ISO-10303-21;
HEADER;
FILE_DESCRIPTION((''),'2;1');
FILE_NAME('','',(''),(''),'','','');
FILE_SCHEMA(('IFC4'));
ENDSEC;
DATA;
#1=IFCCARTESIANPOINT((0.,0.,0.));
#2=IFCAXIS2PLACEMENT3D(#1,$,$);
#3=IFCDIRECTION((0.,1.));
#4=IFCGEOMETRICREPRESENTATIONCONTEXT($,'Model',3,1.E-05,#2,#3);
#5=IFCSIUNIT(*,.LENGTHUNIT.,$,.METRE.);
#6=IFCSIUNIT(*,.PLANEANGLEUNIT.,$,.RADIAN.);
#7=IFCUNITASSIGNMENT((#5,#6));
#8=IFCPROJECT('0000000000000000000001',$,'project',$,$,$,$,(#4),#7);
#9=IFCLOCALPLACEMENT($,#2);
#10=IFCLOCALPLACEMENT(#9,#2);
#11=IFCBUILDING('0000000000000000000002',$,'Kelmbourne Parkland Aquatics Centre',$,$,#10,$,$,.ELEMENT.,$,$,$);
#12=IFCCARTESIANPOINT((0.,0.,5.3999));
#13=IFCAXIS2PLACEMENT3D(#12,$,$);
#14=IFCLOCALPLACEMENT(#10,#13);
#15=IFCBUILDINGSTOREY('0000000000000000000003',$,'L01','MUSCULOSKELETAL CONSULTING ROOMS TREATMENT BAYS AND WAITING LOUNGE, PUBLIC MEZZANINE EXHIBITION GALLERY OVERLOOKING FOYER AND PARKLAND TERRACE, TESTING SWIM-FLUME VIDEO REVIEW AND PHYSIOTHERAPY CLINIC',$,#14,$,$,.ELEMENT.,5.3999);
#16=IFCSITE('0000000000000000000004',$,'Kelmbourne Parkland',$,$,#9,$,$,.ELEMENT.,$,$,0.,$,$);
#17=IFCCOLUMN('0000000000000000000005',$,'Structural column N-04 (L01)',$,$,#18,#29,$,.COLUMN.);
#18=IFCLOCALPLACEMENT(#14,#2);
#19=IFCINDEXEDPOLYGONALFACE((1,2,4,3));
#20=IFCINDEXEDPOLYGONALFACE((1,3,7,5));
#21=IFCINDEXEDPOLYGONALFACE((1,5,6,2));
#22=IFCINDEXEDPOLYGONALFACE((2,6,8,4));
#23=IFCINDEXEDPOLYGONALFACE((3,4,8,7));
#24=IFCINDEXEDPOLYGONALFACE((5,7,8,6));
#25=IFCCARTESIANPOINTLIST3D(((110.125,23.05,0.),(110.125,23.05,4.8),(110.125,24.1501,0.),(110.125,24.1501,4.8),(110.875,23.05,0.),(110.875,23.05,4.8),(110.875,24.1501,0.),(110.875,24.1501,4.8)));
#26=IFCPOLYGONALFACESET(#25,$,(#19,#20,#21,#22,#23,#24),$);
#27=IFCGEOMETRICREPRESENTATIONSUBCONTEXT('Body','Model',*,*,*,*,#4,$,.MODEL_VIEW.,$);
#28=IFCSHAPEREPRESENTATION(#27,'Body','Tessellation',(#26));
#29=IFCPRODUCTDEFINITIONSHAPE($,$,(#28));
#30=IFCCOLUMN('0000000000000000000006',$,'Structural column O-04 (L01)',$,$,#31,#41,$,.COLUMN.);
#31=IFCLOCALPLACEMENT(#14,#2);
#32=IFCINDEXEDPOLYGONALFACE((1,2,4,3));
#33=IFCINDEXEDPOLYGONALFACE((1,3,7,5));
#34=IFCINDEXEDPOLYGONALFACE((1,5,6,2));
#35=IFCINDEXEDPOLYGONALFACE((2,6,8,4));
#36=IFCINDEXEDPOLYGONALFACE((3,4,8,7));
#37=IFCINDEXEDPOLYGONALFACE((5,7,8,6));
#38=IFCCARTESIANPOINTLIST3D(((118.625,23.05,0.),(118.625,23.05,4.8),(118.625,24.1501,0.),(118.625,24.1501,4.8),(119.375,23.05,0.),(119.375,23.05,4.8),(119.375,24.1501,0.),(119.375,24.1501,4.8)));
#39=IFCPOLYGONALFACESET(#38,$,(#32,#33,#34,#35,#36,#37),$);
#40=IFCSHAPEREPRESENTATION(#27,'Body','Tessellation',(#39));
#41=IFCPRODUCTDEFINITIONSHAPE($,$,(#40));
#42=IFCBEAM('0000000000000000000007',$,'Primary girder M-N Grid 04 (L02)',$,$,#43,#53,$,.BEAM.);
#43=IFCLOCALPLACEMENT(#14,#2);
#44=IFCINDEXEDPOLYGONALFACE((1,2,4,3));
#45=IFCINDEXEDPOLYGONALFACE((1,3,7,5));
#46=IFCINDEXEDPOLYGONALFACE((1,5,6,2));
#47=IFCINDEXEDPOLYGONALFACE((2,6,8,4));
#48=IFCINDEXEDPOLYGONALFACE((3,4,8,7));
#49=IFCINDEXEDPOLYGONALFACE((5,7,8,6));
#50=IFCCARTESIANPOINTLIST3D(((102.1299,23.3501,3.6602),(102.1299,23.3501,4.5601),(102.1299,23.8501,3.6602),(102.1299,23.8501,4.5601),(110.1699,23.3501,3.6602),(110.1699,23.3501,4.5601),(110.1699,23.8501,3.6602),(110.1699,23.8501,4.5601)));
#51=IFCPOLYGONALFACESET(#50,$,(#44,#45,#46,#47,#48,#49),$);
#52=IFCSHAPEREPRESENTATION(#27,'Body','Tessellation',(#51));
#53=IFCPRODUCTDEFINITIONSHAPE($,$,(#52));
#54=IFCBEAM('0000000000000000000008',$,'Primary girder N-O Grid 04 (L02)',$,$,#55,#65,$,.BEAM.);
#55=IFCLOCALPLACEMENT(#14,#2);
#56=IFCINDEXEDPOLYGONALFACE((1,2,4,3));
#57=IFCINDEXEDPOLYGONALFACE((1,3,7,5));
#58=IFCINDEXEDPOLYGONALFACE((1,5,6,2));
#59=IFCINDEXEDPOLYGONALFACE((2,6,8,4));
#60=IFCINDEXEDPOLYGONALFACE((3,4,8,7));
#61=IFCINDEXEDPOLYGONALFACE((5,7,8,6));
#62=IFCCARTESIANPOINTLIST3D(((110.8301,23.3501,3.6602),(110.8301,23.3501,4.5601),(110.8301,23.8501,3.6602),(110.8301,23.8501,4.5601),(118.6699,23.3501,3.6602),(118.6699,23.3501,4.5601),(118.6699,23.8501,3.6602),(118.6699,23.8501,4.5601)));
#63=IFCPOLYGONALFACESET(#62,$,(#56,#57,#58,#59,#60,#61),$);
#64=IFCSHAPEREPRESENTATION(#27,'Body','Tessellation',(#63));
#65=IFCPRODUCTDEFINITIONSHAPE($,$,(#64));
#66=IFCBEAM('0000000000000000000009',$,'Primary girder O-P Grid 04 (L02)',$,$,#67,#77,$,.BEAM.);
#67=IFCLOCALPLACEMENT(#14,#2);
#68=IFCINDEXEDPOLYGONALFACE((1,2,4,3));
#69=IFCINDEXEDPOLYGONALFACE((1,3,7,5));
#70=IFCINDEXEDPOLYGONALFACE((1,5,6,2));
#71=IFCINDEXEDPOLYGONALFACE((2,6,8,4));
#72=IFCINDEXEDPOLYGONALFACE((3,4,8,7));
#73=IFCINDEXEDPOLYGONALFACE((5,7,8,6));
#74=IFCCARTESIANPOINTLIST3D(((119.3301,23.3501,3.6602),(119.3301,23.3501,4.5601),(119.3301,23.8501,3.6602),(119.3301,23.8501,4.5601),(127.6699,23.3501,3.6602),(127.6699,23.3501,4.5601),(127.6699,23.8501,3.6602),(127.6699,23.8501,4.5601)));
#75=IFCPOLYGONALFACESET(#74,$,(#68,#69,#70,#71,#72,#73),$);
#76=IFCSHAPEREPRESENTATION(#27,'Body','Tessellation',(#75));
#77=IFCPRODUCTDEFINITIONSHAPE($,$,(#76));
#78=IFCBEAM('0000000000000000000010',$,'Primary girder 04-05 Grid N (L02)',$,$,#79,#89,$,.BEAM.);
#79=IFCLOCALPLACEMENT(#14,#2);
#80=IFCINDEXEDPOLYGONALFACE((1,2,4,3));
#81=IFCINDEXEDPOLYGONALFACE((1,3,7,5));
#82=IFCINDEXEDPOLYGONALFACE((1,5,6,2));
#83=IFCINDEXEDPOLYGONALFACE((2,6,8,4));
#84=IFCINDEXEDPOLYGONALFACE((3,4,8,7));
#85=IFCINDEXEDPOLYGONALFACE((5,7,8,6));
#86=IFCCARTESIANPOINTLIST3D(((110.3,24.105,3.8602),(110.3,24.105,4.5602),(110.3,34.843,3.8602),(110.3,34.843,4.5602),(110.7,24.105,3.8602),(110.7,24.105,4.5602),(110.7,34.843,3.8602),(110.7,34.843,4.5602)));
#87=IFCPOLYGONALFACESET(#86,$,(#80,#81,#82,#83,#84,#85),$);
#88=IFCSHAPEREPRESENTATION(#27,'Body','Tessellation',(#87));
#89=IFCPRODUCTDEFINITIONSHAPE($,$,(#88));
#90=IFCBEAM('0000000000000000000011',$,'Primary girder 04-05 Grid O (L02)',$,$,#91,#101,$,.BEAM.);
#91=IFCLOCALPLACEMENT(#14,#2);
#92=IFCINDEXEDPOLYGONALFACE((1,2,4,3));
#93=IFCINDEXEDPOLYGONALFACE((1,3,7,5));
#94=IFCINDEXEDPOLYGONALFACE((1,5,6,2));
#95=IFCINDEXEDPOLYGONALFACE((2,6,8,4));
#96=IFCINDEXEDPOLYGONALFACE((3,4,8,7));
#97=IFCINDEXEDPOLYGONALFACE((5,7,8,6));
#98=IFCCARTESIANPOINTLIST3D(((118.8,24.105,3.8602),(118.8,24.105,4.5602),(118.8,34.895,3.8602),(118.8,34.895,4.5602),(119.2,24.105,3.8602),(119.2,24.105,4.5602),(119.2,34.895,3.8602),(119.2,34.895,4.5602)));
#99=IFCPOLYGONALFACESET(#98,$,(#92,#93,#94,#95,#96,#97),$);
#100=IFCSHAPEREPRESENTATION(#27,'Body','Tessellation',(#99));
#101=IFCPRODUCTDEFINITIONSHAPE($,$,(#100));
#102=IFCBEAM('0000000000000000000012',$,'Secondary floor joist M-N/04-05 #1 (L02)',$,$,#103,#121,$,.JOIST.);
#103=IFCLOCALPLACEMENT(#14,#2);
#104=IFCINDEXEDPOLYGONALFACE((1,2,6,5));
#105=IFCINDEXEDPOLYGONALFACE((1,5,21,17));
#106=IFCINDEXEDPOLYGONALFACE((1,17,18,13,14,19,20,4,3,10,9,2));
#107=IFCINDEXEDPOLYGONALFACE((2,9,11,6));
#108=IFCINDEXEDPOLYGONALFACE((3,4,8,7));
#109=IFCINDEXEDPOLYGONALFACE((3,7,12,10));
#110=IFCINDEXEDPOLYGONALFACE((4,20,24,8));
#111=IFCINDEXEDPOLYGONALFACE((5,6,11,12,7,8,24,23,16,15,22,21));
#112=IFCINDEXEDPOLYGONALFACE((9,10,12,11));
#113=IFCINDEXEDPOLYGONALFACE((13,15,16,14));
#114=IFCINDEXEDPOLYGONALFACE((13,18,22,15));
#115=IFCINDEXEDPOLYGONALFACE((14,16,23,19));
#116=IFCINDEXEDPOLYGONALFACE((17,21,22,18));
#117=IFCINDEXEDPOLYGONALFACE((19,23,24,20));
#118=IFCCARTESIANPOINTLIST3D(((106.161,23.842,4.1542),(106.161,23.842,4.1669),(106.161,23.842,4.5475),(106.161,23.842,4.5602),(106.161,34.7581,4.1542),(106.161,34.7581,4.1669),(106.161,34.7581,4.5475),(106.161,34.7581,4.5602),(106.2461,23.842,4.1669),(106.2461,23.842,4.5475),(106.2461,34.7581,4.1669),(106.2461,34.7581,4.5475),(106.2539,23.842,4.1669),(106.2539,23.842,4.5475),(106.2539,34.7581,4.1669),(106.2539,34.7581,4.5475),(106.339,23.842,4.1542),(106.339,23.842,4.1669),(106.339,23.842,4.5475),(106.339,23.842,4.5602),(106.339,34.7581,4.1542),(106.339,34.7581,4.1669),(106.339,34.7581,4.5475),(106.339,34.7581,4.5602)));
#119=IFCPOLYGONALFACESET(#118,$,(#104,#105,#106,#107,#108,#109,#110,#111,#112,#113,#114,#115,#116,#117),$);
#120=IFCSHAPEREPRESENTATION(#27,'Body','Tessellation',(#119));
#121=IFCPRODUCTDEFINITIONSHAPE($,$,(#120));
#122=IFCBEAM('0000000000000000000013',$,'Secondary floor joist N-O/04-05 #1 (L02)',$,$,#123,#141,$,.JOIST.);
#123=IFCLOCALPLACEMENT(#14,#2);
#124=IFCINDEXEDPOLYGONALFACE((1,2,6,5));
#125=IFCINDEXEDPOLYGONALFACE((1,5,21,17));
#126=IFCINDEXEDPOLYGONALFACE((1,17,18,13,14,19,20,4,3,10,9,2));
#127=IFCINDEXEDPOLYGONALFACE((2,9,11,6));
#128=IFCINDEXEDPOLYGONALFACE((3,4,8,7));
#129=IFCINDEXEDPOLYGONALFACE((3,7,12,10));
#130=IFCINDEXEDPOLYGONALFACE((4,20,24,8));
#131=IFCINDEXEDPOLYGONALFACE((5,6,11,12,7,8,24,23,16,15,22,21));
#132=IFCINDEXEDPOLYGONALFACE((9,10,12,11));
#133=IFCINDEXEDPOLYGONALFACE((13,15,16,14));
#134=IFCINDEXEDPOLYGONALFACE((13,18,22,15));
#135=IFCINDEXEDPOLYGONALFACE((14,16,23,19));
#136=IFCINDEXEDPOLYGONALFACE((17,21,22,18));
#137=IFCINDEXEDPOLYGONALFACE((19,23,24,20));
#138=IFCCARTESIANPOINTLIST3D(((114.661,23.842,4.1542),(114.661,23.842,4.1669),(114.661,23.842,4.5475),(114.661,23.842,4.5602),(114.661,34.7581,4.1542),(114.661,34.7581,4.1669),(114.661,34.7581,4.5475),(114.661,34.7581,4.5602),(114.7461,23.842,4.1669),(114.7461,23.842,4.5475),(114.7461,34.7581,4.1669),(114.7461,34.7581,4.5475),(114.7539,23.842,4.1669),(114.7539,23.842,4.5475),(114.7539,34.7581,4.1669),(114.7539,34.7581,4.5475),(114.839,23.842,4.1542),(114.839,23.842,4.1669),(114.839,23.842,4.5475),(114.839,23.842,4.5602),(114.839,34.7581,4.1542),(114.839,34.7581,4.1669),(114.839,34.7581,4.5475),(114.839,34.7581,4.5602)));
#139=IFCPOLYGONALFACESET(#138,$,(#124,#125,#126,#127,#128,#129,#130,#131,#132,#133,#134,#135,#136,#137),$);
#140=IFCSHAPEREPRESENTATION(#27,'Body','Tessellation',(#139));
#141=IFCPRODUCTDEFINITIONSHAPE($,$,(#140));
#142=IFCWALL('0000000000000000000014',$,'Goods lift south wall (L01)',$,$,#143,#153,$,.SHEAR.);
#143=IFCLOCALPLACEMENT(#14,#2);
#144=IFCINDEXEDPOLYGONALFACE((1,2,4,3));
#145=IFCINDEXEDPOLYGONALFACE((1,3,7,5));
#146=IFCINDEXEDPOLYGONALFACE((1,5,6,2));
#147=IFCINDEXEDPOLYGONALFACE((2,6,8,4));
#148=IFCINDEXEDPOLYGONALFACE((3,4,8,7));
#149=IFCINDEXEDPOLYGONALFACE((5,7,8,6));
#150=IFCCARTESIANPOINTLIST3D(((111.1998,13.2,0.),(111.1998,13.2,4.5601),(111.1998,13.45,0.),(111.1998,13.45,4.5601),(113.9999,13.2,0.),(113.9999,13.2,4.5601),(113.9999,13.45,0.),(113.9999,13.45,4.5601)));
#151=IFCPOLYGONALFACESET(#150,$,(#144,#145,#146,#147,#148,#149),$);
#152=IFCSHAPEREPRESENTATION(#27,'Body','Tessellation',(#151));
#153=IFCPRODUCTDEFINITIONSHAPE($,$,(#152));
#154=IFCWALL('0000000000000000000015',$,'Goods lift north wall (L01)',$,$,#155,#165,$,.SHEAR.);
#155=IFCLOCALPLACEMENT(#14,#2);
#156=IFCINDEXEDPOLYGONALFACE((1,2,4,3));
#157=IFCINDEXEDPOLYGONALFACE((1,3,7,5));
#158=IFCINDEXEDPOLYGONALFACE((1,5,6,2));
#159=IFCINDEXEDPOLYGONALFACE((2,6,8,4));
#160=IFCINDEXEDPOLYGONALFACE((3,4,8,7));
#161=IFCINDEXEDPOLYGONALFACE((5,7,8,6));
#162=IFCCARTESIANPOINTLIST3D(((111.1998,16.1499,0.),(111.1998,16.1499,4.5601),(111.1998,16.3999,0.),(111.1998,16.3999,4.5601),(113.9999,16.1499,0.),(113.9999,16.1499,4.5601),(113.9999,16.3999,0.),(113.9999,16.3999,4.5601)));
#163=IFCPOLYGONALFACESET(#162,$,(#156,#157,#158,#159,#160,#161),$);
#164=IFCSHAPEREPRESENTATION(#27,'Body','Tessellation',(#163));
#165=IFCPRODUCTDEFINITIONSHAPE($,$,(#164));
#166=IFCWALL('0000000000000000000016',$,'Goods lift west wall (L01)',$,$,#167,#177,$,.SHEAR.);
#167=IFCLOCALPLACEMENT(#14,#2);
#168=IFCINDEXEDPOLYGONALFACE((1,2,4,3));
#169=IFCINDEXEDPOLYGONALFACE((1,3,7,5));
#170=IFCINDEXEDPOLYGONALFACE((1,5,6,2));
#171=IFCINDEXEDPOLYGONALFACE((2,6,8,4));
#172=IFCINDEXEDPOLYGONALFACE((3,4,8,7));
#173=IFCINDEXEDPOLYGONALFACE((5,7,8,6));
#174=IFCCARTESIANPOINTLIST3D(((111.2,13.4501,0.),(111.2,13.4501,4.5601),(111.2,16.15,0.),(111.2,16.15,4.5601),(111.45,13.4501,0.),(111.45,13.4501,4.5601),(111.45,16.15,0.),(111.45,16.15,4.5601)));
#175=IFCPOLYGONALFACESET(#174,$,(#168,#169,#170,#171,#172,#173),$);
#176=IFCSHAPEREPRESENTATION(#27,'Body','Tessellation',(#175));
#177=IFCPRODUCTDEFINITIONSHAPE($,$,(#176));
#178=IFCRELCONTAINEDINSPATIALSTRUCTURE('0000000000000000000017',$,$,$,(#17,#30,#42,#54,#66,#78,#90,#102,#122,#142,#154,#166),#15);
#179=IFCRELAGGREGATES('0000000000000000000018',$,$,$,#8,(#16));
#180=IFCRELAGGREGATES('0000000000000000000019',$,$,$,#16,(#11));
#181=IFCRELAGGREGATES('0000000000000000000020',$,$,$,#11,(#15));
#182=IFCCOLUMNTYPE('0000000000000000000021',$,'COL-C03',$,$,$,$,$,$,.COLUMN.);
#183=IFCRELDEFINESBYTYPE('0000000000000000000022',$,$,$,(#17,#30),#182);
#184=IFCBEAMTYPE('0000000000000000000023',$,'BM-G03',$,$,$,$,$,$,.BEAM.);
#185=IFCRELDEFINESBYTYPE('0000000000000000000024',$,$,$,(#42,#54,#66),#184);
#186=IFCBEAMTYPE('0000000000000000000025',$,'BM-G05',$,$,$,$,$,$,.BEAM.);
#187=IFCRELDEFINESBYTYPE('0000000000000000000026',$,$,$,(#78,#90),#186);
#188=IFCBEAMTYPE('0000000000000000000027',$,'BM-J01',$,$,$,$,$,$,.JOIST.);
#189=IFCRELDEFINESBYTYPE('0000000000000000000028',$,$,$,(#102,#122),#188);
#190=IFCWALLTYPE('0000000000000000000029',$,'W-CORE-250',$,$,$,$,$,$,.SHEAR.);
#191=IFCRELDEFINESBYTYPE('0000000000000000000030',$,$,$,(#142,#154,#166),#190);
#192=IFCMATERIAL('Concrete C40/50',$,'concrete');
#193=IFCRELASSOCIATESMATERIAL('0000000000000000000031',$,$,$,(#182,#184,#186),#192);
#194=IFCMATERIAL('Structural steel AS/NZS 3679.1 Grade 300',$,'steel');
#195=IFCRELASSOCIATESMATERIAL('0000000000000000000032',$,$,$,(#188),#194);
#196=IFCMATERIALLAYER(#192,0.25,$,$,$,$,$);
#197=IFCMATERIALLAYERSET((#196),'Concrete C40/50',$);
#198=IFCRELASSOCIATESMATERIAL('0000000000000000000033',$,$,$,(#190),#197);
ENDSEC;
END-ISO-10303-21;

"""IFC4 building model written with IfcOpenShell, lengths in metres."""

from ifc_helpers import new_model, si_unit, direction, frame, frame_2d, origin, origin_2d, place, context, subcontext, project, spatial, rectangle, i_section, extrude, material, layer, layer_set, material_profile, profile_set, type_object, element, save


model = new_model("IFC4")

# Units and contexts
model_context = context("Model", 3, precision=1e-05, world=origin(), true_north=direction((0.0, 1.0)))
body_context = subcontext(model_context, "Body", "Model", "MODEL_VIEW")
ifc_project = project(units=[si_unit("LENGTHUNIT", "METRE"), si_unit("PLANEANGLEUNIT", "RADIAN")], contexts=[model_context])

# Site, building, storey
site_placement = place(None, origin())
site = spatial("IfcSite", under=ifc_project, at=site_placement, Name="Kelmbourne Parkland", CompositionType="ELEMENT", RefElevation=0.0)
building_placement = place(site_placement, origin())
building = spatial("IfcBuilding", under=site, at=building_placement, Name="Kelmbourne Parkland Aquatics Centre", CompositionType="ELEMENT")
storey_placement = place(building_placement, frame((0.0, 0.0, 5.3999)))
storey = spatial("IfcBuildingStorey", under=building, at=storey_placement, Name="L01", Description="MUSCULOSKELETAL CONSULTING ROOMS TREATMENT BAYS AND WAITING LOUNGE, PUBLIC MEZZANINE EXHIBITION GALLERY OVERLOOKING FOYER AND PARKLAND TERRACE, TESTING SWIM-FLUME VIDEO REVIEW AND PHYSIOTHERAPY CLINIC", CompositionType="ELEMENT", Elevation=5.3999)

# Columns
ifc_material_1 = material(Name="Concrete C40/50", Category="concrete")
ifc_material_profile_1 = material_profile(ifc_material_1, rectangle(XDim=0.75, YDim=1.1001, at=origin_2d()), Name="RC 750x1100")
ifc_profile_set_1 = profile_set([ifc_material_profile_1], Name="Concrete C40/50")
column_type = type_object("IfcColumnType", Name="COL-C03", PredefinedType="COLUMN", material=ifc_profile_set_1)
for number, where, z_axis, x_axis, name in (
    (1, (110.5, 23.6001, 0.0), (0.0, 0.0, 1.0), (1.0, 0.0, 0.0), "Structural column N-04 (L01)"),
    (2, (119.0, 23.6001, 0.0), (0.0, 0.0, 1.0), (1.0, 0.0, 0.0), "Structural column O-04 (L01)"),
):
    element("IfcColumn", number, at=place(storey_placement, frame(where, z_axis=z_axis, x_axis=x_axis)), inside=storey, type_object=column_type, Name=name, PredefinedType="COLUMN", context=body_context, shape_type="SweptSolid", body=[
        extrude(rectangle(XDim=0.75, YDim=1.1001, at=origin_2d()), origin(), (0.0, 0.0, 1.0), 4.8),
    ])

# Beams
ifc_material_profile_2 = material_profile(ifc_material_1, rectangle(XDim=0.5, YDim=0.8999, at=origin_2d()), Name="RC 500x900")
ifc_profile_set_2 = profile_set([ifc_material_profile_2], Name="Concrete C40/50")
beam_type_1 = type_object("IfcBeamType", Name="BM-G03", PredefinedType="BEAM", material=ifc_profile_set_2)
beam_1_placement = place(storey_placement, frame((102.1299, 23.6001, 4.1101), z_axis=(1.0, 0.0, 0.0), x_axis=(0.0, 1.0, 0.0)))
element("IfcBeam", 3, at=beam_1_placement, inside=storey, type_object=beam_type_1, Name="Primary girder M-N Grid 04 (L02)", PredefinedType="BEAM", context=body_context, shape_type="SweptSolid", body=[
    extrude(rectangle(XDim=0.5, YDim=0.8999, at=origin_2d()), origin(), (0.0, 0.0, 1.0), 8.04),
])
beam_2_placement = place(storey_placement, frame((110.8301, 23.6001, 4.1101), z_axis=(1.0, 0.0, 0.0), x_axis=(0.0, 1.0, 0.0)))
element("IfcBeam", 4, at=beam_2_placement, inside=storey, type_object=beam_type_1, Name="Primary girder N-O Grid 04 (L02)", PredefinedType="BEAM", context=body_context, shape_type="SweptSolid", body=[
    extrude(rectangle(XDim=0.5, YDim=0.8999, at=origin_2d()), origin(), (0.0, 0.0, 1.0), 7.8398),
])
beam_3_placement = place(storey_placement, frame((119.3301, 23.6001, 4.1101), z_axis=(1.0, 0.0, 0.0), x_axis=(0.0, 1.0, 0.0)))
element("IfcBeam", 5, at=beam_3_placement, inside=storey, type_object=beam_type_1, Name="Primary girder O-P Grid 04 (L02)", PredefinedType="BEAM", context=body_context, shape_type="SweptSolid", body=[
    extrude(rectangle(XDim=0.5, YDim=0.8999, at=origin_2d()), origin(), (0.0, 0.0, 1.0), 8.3398),
])
ifc_material_profile_3 = material_profile(ifc_material_1, rectangle(XDim=0.3999, YDim=0.7, at=origin_2d()), Name="RC 400x700")
ifc_profile_set_3 = profile_set([ifc_material_profile_3], Name="Concrete C40/50")
beam_type_2 = type_object("IfcBeamType", Name="BM-G05", PredefinedType="BEAM", material=ifc_profile_set_3)
beam_4_placement = place(storey_placement, frame((110.5, 24.105, 4.2102), z_axis=(0.0, 1.0, 0.0), x_axis=(-1.0, 0.0, 0.0)))
element("IfcBeam", 6, at=beam_4_placement, inside=storey, type_object=beam_type_2, Name="Primary girder 04-05 Grid N (L02)", PredefinedType="BEAM", context=body_context, shape_type="SweptSolid", body=[
    extrude(rectangle(XDim=0.3999, YDim=0.7, at=origin_2d()), origin(), (0.0, 0.0, 1.0), 10.738),
])
beam_5_placement = place(storey_placement, frame((119.0, 24.105, 4.2102), z_axis=(0.0, 1.0, 0.0), x_axis=(-1.0, 0.0, 0.0)))
element("IfcBeam", 7, at=beam_5_placement, inside=storey, type_object=beam_type_2, Name="Primary girder 04-05 Grid O (L02)", PredefinedType="BEAM", context=body_context, shape_type="SweptSolid", body=[
    extrude(rectangle(XDim=0.3999, YDim=0.7, at=origin_2d()), origin(), (0.0, 0.0, 1.0), 10.79),
])
ifc_material_2 = material(Name="Structural steel AS/NZS 3679.1 Grade 300", Category="steel")
ifc_material_profile_4 = material_profile(ifc_material_2, i_section(OverallWidth=0.178, OverallDepth=0.406, WebThickness=0.0078, FlangeThickness=0.0127, at=origin_2d()), Name="410UB59.7")
ifc_profile_set_4 = profile_set([ifc_material_profile_4], Name="Structural steel AS/NZS 3679.1 Grade 300")
beam_type_3 = type_object("IfcBeamType", Name="BM-J01", PredefinedType="JOIST", material=ifc_profile_set_4)
for number, where, z_axis, x_axis, name in (
    (8, (106.25, 23.842, 4.3572), (0.0, 1.0, 0.0), (-1.0, 0.0, 0.0), "Secondary floor joist M-N/04-05 #1 (L02)"),
    (9, (114.75, 23.842, 4.3572), (0.0, 1.0, 0.0), (-1.0, 0.0, 0.0), "Secondary floor joist N-O/04-05 #1 (L02)"),
):
    element("IfcBeam", number, at=place(storey_placement, frame(where, z_axis=z_axis, x_axis=x_axis)), inside=storey, type_object=beam_type_3, Name=name, PredefinedType="JOIST", context=body_context, shape_type="SweptSolid", body=[
        extrude(i_section(OverallWidth=0.178, OverallDepth=0.406, WebThickness=0.0078, FlangeThickness=0.0127, at=origin_2d()), origin(), (0.0, 0.0, 1.0), 10.916),
    ])

# Walls
ifc_layer_1 = layer(ifc_material_1, 0.25)
ifc_layer_set_1 = layer_set([ifc_layer_1], Name="Concrete C40/50")
wall_type_1 = type_object("IfcWallType", Name="W-CORE-250", PredefinedType="SHEAR", material=ifc_layer_set_1)
for number, where, z_axis, x_axis, name in (
    (10, (111.2, 13.325, 0.0), (0.0, 0.0, 1.0), (1.0, 0.0, 0.0), "Goods lift south wall (L01)"),
    (11, (111.2, 16.2749, 0.0), (0.0, 0.0, 1.0), (1.0, 0.0, 0.0), "Goods lift north wall (L01)"),
):
    element("IfcWall", number, at=place(storey_placement, frame(where, z_axis=z_axis, x_axis=x_axis)), inside=storey, type_object=wall_type_1, Name=name, PredefinedType="SHEAR", context=body_context, shape_type="SweptSolid", body=[
        extrude(rectangle(XDim=2.8, YDim=0.25, at=frame_2d((1.3999, 0.0))), origin(), (0.0, 0.0, 1.0), 4.5601),
    ])
wall_1_placement = place(storey_placement, frame((111.325, 13.45, 0.0), z_axis=(0.0, 0.0, 1.0), x_axis=(0.0, 1.0, 0.0)))
element("IfcWall", 12, at=wall_1_placement, inside=storey, type_object=wall_type_1, Name="Goods lift west wall (L01)", PredefinedType="SHEAR", context=body_context, shape_type="SweptSolid", body=[
    extrude(rectangle(XDim=2.7, YDim=0.25, at=frame_2d((1.3501, 0.0))), origin(), (0.0, 0.0, 1.0), 4.5601),
])

save(model, "model.ifc")
